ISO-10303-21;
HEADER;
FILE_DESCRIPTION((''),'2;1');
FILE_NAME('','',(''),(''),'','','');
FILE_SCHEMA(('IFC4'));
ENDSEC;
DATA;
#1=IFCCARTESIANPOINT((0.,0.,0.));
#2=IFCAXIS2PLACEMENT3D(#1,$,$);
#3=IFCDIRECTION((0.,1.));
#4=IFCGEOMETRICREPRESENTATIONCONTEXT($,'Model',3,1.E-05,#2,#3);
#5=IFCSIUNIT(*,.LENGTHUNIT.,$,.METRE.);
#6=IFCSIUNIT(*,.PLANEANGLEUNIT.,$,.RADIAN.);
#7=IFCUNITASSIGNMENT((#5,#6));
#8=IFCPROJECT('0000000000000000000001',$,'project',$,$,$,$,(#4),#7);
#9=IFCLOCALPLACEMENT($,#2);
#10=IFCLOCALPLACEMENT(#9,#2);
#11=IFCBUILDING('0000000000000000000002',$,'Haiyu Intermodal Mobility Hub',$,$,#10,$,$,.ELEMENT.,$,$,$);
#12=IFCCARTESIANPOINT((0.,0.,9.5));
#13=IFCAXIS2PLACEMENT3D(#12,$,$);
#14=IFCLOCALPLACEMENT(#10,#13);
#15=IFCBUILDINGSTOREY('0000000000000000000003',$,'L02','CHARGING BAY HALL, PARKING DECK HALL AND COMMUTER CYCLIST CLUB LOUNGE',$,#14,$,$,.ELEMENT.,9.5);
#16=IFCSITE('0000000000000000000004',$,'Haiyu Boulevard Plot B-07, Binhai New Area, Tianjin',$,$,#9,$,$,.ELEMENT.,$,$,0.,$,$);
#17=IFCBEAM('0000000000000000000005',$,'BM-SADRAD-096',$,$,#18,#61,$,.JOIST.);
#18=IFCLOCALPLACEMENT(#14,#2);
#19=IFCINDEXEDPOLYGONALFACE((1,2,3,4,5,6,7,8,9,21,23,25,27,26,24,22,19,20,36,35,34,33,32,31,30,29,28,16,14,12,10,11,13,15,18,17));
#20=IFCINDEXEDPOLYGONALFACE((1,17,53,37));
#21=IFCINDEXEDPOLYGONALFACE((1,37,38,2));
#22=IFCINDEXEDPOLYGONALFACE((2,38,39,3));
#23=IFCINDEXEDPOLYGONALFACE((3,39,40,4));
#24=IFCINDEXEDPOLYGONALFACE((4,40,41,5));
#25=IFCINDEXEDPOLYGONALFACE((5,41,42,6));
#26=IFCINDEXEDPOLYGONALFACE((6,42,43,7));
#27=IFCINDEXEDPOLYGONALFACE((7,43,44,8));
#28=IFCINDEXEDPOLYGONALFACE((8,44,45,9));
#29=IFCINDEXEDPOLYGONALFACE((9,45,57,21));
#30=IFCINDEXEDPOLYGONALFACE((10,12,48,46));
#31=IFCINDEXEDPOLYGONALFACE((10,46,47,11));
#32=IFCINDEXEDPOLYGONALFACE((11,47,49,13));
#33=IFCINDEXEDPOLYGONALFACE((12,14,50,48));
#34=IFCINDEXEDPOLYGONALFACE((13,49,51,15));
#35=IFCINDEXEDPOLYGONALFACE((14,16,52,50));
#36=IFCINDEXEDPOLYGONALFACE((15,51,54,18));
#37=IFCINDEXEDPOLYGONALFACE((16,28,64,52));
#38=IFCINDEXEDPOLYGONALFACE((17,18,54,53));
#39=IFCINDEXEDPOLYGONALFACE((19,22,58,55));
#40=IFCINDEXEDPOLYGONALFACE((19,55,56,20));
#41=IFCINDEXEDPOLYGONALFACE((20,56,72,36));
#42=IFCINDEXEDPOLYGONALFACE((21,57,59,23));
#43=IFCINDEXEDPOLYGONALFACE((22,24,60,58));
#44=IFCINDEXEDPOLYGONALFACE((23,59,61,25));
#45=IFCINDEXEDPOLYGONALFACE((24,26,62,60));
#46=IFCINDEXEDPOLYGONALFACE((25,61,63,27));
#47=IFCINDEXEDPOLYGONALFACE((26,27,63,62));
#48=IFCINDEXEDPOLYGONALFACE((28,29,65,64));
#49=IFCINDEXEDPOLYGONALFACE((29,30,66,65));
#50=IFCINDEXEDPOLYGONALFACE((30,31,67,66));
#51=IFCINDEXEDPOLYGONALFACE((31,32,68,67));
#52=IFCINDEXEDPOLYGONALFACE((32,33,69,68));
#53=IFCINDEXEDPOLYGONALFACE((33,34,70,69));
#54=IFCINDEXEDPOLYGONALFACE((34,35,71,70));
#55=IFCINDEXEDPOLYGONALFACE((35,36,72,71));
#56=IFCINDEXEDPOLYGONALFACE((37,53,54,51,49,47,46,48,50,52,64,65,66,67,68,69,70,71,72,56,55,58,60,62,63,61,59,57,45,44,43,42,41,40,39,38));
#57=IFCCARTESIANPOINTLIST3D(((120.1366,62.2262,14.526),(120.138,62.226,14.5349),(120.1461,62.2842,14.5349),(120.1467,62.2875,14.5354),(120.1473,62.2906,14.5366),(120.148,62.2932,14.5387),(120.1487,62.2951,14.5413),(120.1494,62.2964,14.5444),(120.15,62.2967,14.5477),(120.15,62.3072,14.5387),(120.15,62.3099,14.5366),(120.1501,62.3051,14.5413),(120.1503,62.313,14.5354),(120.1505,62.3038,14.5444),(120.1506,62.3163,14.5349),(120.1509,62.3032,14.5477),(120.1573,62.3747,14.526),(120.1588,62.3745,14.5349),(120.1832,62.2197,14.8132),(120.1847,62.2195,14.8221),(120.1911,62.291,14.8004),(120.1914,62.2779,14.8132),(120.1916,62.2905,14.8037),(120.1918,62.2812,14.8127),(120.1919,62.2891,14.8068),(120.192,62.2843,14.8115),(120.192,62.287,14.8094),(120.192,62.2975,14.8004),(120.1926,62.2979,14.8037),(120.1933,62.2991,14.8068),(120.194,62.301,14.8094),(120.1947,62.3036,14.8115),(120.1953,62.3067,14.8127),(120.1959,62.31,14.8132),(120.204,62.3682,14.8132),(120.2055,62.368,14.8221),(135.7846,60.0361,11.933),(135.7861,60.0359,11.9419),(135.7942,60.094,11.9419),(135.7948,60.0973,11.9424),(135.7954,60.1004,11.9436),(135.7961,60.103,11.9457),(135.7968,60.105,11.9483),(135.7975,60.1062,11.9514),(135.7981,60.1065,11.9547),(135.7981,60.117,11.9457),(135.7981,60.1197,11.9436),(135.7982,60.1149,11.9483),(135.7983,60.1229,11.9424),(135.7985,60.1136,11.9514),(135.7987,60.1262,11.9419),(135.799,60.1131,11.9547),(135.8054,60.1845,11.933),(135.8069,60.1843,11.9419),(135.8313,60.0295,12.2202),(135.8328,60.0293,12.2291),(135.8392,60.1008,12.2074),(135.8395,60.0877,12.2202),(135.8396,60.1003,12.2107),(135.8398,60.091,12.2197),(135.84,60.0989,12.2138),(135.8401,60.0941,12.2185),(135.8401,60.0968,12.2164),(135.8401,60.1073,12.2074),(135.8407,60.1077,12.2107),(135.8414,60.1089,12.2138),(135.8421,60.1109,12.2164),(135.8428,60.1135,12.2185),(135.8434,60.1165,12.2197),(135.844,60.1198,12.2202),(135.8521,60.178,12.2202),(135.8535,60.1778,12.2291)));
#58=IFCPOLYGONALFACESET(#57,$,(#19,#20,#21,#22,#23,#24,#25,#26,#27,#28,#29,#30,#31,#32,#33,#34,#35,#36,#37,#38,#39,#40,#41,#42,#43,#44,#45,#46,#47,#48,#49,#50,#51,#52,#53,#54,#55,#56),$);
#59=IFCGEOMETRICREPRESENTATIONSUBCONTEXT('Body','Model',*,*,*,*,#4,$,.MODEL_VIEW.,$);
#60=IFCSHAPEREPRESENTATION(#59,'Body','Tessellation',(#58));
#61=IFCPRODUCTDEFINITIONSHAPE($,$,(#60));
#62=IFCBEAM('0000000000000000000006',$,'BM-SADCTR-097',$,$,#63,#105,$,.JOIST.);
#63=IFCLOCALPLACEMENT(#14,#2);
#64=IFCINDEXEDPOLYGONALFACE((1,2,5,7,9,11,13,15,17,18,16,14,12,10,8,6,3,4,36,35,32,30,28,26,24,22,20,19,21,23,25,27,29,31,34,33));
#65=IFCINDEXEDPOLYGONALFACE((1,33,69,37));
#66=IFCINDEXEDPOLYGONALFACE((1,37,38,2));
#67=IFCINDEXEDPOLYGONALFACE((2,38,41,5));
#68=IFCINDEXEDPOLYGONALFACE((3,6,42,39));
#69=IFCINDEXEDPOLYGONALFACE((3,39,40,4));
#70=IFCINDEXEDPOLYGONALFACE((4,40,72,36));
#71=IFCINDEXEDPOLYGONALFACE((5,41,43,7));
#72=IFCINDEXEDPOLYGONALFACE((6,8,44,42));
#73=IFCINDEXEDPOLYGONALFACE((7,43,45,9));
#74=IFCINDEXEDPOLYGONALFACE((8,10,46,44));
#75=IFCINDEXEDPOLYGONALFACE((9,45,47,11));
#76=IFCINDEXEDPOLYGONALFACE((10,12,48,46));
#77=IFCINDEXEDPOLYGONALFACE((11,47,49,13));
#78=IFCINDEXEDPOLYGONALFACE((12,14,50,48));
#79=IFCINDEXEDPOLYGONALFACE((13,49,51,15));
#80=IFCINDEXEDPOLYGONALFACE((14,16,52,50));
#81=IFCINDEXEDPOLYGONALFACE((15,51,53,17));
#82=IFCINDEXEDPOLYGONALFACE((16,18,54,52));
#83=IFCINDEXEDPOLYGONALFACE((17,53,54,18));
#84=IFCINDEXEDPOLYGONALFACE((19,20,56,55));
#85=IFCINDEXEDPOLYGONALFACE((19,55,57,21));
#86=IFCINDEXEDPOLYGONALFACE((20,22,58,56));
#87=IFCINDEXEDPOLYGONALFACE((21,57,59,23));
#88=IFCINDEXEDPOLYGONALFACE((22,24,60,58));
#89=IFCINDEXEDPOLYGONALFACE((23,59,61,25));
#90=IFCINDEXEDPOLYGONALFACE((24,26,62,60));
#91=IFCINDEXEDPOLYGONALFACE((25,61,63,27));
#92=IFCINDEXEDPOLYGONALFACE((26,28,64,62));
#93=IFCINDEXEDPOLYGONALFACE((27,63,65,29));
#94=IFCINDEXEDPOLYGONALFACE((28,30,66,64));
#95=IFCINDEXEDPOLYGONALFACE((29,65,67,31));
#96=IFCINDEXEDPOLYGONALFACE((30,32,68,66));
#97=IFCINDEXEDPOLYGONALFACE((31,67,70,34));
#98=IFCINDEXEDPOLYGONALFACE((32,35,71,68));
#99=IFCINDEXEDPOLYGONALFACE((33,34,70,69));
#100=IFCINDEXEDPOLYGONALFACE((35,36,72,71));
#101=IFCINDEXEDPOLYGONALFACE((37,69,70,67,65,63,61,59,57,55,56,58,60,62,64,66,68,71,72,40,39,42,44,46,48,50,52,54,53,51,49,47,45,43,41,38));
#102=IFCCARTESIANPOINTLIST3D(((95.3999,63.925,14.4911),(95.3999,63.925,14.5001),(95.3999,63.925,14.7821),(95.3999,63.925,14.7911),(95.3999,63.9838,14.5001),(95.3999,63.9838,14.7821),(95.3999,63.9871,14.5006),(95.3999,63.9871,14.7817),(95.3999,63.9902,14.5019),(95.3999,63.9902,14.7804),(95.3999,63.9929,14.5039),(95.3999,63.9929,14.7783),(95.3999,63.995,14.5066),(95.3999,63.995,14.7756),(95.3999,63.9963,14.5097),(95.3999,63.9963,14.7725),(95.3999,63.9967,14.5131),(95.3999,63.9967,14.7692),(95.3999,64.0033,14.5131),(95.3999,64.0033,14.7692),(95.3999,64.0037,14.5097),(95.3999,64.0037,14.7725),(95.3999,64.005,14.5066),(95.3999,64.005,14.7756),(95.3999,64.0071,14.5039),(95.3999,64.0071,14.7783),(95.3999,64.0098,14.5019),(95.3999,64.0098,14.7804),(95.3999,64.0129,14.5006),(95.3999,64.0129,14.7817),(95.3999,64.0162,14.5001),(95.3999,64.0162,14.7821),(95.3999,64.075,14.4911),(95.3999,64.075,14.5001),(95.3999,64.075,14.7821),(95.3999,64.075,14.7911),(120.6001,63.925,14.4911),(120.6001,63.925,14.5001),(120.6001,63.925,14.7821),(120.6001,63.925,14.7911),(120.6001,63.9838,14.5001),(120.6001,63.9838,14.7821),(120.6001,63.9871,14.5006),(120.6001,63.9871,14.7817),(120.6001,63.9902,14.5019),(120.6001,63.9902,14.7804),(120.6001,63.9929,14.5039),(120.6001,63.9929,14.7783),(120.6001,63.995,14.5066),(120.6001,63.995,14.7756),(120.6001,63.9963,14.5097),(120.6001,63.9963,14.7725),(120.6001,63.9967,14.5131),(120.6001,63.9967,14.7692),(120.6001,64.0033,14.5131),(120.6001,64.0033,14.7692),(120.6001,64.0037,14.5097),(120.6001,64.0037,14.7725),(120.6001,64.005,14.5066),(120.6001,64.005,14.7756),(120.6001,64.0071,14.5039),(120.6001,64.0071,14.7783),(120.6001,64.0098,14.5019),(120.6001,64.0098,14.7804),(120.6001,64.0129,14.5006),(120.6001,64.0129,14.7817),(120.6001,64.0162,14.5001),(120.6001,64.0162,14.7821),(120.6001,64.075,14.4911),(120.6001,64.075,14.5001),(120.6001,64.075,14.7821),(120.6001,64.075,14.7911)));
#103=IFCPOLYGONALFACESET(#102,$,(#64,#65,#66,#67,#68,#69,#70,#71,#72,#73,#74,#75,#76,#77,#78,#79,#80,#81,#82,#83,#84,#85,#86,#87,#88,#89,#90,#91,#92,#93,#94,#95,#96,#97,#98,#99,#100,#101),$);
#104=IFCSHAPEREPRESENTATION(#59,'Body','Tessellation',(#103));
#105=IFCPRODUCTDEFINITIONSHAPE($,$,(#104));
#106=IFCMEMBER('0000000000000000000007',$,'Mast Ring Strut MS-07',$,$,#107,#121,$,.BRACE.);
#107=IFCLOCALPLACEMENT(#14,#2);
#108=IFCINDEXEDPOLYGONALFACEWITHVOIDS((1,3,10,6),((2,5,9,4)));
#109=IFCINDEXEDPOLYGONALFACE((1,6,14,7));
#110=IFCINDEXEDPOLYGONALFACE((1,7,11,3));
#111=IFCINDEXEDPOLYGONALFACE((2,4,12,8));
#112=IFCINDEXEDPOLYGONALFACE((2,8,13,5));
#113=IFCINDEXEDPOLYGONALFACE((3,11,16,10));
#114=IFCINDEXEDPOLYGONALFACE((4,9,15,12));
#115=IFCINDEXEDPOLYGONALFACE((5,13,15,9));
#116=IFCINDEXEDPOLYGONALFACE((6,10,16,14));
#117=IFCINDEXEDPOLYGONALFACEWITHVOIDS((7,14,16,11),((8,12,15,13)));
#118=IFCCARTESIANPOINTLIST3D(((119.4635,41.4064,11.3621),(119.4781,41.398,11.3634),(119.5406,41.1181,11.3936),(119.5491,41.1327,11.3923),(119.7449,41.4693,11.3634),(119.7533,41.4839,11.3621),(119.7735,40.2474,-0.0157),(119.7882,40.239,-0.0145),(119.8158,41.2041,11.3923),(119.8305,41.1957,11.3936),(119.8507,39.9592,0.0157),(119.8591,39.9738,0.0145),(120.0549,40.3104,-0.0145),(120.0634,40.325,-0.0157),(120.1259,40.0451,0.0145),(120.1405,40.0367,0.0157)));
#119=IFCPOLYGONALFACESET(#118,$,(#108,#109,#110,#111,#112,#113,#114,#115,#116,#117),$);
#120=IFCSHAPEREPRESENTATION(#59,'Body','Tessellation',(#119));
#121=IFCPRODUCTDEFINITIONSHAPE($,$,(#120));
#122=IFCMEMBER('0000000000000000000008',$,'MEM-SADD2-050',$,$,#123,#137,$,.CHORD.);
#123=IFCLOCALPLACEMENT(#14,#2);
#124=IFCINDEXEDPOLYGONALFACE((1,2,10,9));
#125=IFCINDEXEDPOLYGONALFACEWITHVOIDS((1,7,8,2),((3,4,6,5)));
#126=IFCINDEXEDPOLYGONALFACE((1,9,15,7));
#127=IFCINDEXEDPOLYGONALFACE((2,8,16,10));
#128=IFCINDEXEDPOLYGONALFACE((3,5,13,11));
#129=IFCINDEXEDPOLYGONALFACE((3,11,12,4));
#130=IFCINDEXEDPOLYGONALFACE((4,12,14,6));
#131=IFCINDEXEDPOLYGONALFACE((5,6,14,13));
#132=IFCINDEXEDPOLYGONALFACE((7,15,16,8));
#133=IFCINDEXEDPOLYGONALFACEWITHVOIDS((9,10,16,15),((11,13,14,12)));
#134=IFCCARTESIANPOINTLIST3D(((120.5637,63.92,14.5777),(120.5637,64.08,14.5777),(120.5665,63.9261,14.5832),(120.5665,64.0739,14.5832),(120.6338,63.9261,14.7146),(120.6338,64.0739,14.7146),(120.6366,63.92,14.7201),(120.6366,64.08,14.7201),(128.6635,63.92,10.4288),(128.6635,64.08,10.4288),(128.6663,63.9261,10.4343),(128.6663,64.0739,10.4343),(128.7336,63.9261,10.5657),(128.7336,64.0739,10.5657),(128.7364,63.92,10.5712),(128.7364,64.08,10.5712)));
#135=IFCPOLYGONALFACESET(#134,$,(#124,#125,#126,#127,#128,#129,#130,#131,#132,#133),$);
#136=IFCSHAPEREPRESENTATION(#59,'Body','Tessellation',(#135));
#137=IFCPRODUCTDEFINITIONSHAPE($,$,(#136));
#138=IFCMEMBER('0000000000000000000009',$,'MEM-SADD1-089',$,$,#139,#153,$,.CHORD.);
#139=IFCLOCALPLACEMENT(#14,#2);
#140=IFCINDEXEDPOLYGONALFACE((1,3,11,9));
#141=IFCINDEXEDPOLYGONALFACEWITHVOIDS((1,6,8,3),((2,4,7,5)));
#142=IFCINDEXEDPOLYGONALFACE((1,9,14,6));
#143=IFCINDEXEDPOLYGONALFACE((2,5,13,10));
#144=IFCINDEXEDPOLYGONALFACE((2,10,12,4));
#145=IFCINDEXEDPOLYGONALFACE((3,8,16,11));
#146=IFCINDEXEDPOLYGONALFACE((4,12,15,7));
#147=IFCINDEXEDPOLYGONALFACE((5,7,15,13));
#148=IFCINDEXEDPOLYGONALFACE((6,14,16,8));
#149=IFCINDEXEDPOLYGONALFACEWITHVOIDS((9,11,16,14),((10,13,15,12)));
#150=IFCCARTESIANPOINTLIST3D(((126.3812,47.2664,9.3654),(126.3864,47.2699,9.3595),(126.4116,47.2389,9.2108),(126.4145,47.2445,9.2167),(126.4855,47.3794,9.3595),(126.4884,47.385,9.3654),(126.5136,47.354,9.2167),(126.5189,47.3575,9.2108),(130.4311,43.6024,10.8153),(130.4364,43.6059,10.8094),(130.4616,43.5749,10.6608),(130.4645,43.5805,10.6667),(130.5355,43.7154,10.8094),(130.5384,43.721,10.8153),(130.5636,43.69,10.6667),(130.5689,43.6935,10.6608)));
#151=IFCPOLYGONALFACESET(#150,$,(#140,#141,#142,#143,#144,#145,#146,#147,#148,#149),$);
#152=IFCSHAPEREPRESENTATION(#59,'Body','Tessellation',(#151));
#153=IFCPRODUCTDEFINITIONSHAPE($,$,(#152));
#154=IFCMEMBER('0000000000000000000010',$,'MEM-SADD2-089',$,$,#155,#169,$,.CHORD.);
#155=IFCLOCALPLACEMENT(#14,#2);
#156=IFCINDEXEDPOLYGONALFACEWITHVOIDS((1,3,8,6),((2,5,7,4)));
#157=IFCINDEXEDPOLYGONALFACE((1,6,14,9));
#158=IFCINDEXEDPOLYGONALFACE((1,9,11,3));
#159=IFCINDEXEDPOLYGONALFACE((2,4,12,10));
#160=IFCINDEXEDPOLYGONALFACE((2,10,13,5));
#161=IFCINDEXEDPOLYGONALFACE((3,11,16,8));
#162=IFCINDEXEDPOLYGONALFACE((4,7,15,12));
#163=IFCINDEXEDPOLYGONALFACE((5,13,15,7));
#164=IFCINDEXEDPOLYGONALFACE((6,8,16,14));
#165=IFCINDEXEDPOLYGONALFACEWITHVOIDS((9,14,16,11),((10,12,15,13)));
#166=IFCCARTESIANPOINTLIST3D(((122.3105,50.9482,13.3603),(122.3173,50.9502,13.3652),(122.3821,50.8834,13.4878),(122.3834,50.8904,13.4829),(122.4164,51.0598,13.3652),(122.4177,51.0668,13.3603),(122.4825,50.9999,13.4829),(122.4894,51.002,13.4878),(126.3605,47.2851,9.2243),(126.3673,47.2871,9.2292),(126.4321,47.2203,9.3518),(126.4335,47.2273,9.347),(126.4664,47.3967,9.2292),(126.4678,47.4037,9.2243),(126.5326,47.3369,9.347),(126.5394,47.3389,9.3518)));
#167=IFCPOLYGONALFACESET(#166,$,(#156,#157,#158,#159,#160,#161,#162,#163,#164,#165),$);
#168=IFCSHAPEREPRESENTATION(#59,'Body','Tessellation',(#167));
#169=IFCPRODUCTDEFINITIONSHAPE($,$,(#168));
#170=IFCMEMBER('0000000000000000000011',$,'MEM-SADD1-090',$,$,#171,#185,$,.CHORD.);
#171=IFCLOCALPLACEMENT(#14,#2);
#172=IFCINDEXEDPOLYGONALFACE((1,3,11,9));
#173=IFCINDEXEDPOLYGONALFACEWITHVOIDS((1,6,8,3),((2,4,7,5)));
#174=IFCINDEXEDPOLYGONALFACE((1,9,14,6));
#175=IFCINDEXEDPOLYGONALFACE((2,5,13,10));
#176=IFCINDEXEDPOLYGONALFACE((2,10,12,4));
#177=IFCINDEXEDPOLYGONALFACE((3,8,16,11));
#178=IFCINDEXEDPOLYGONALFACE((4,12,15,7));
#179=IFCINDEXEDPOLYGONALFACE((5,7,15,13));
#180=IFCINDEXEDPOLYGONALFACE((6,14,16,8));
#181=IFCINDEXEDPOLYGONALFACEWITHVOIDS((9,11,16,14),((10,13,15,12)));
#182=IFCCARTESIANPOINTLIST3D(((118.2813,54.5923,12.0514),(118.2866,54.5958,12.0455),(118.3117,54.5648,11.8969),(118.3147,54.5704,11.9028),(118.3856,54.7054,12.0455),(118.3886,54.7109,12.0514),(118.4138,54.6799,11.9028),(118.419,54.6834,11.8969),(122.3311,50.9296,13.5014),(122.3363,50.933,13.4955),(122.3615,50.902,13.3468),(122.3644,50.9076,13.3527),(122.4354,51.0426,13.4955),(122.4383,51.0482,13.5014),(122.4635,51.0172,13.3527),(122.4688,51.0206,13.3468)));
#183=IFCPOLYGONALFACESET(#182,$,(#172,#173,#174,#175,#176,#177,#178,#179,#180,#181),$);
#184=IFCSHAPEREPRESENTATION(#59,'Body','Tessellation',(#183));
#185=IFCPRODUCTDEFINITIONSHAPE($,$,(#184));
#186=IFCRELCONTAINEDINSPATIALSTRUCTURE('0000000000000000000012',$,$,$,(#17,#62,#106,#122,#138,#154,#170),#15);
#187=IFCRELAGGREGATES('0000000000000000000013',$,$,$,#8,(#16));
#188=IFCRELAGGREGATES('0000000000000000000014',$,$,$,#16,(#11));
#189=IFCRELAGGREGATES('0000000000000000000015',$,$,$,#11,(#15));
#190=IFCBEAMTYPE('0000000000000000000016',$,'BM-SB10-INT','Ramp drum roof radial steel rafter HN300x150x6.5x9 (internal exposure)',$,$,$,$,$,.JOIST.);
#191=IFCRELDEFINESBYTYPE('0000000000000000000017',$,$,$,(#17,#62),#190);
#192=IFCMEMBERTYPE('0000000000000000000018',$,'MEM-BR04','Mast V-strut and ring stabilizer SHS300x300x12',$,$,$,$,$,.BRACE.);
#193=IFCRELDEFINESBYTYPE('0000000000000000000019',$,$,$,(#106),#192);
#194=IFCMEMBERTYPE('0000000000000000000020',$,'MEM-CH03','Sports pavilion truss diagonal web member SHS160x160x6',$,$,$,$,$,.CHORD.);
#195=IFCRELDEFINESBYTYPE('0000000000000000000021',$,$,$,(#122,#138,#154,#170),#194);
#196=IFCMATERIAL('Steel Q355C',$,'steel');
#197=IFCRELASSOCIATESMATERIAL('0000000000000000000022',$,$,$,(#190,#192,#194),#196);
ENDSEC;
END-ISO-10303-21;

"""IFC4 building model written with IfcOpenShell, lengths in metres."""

from ifc_helpers import new_model, si_unit, direction, frame, origin, origin_2d, place, context, subcontext, project, spatial, hollow_rectangle, i_section, extrude, material, material_profile, profile_set, type_object, element, save


model = new_model("IFC4")

# Units and contexts
model_context = context("Model", 3, precision=1e-05, world=origin(), true_north=direction((0.0, 1.0)))
body_context = subcontext(model_context, "Body", "Model", "MODEL_VIEW")
ifc_project = project(units=[si_unit("LENGTHUNIT", "METRE"), si_unit("PLANEANGLEUNIT", "RADIAN")], contexts=[model_context])

# Site, building, storey
site_placement = place(None, origin())
site = spatial("IfcSite", under=ifc_project, at=site_placement, Name="Haiyu Boulevard Plot B-07, Binhai New Area, Tianjin", CompositionType="ELEMENT", RefElevation=0.0)
building_placement = place(site_placement, origin())
building = spatial("IfcBuilding", under=site, at=building_placement, Name="Haiyu Intermodal Mobility Hub", CompositionType="ELEMENT")
storey_placement = place(building_placement, frame((0.0, 0.0, 9.5)))
storey = spatial("IfcBuildingStorey", under=building, at=storey_placement, Name="L02", Description="CHARGING BAY HALL, PARKING DECK HALL AND COMMUTER CYCLIST CLUB LOUNGE", CompositionType="ELEMENT", Elevation=9.5)

# Beams
ifc_material_1 = material(Name="Steel Q355C", Category="steel")
ifc_material_profile_1 = material_profile(ifc_material_1, i_section(OverallWidth=0.1499, OverallDepth=0.3, WebThickness=0.0066, FlangeThickness=0.009, FilletRadius=0.0129, at=origin_2d()), Name="HN300x150x6.5x9")
ifc_profile_set_1 = profile_set([ifc_material_profile_1], Name="Steel Q355C")
beam_type_1 = type_object("IfcBeamType", Name="BM-SB10-INT", Description="Ramp drum roof radial steel rafter HN300x150x6.5x9 (internal exposure)", PredefinedType="JOIST", material=ifc_profile_set_1)
beam_1_placement = place(storey_placement, frame((135.8191, 60.1069, 12.0811), z_axis=(-0.977274, 0.136783, 0.161941), x_axis=(-0.138613, -0.990347, 0.0)))
element("IfcBeam", 1, at=beam_1_placement, inside=storey, type_object=beam_type_1, Name="BM-SADRAD-096", PredefinedType="JOIST", context=body_context, shape_type="SweptSolid", body=[
    extrude(i_section(OverallWidth=0.1499, OverallDepth=0.3, WebThickness=0.0066, FlangeThickness=0.009, FilletRadius=0.0129, at=origin_2d()), origin(), (0.0, 0.0, 1.0), 16.012),
])
beam_2_placement = place(storey_placement, frame((120.6001, 64.0, 14.6411), z_axis=(-1.0, 0.0, 0.0), x_axis=(0.0, -1.0, 0.0)))
element("IfcBeam", 2, at=beam_2_placement, inside=storey, type_object=beam_type_1, Name="BM-SADCTR-097", PredefinedType="JOIST", context=body_context, shape_type="SweptSolid", body=[
    extrude(i_section(OverallWidth=0.1499, OverallDepth=0.3, WebThickness=0.0066, FlangeThickness=0.009, FilletRadius=0.0129, at=origin_2d()), origin(), (0.0, 0.0, 1.0), 25.2002),
])

# Members
ifc_material_profile_2 = material_profile(ifc_material_1, hollow_rectangle(XDim=0.3, YDim=0.3, WallThickness=0.012, at=origin_2d()), Name="SHS300x300x12")
ifc_profile_set_2 = profile_set([ifc_material_profile_2], Name="Steel Q355C")
member_type_1 = type_object("IfcMemberType", Name="MEM-BR04", Description="Mast V-strut and ring stabilizer SHS300x300x12", PredefinedType="BRACE", material=ifc_profile_set_2)
member_1_placement = place(storey_placement, frame((119.957, 40.1421, 0.0), z_axis=(-0.027101, 0.101297, 0.994487), x_axis=(-0.966025, -0.258448, 0.0)))
element("IfcMember", 3, at=member_1_placement, inside=storey, type_object=member_type_1, Name="Mast Ring Strut MS-07", PredefinedType="BRACE", context=body_context, shape_type="SweptSolid", body=[
    extrude(hollow_rectangle(XDim=0.3, YDim=0.3, WallThickness=0.012, at=origin_2d()), origin(), (0.0, 0.0, 1.0), 11.4409),
])
ifc_material_profile_3 = material_profile(ifc_material_1, hollow_rectangle(XDim=0.1599, YDim=0.1599, WallThickness=0.0061, at=origin_2d()), Name="SHS160x160x6")
ifc_profile_set_3 = profile_set([ifc_material_profile_3], Name="Steel Q355C")
member_type_2 = type_object("IfcMemberType", Name="MEM-CH03", Description="Sports pavilion truss diagonal web member SHS160x160x6", PredefinedType="CHORD", material=ifc_profile_set_3)
member_2_placement = place(storey_placement, frame((128.7, 64.0, 10.5), z_axis=(-0.890034, 0.0, 0.455895), x_axis=(0.0, -1.0, 0.0)))
element("IfcMember", 4, at=member_2_placement, inside=storey, type_object=member_type_2, Name="MEM-SADD2-050", PredefinedType="CHORD", context=body_context, shape_type="SweptSolid", body=[
    extrude(hollow_rectangle(XDim=0.1599, YDim=0.1599, WallThickness=0.0061, at=origin_2d()), origin(), (0.0, 0.0, 1.0), 9.1006),
])
member_3_placement = place(storey_placement, frame((130.5, 43.6479, 10.738), z_axis=(-0.716732, 0.648424, -0.256596), x_axis=(-0.670886, -0.74156, 0.0)))
element("IfcMember", 5, at=member_3_placement, inside=storey, type_object=member_type_2, Name="MEM-SADD1-089", PredefinedType="CHORD", context=body_context, shape_type="SweptSolid", body=[
    extrude(hollow_rectangle(XDim=0.1599, YDim=0.1599, WallThickness=0.0061, at=origin_2d()), origin(), (0.0, 0.0, 1.0), 5.6506),
])
member_4_placement = place(storey_placement, frame((126.45, 47.312, 9.2881), z_axis=(-0.591217, 0.534729, 0.603762), x_axis=(-0.670788, -0.741649, 0.0)))
element("IfcMember", 6, at=member_4_placement, inside=storey, type_object=member_type_2, Name="MEM-SADD2-089", PredefinedType="CHORD", context=body_context, shape_type="SweptSolid", body=[
    extrude(hollow_rectangle(XDim=0.1599, YDim=0.1599, WallThickness=0.0061, at=origin_2d()), origin(), (0.0, 0.0, 1.0), 6.8503),
])
member_5_placement = place(storey_placement, frame((122.3999, 50.9751, 13.4241), z_axis=(-0.716811, 0.648319, -0.25664), x_axis=(-0.670786, -0.741651, 0.0)))
element("IfcMember", 7, at=member_5_placement, inside=storey, type_object=member_type_2, Name="MEM-SADD1-090", PredefinedType="CHORD", context=body_context, shape_type="SweptSolid", body=[
    extrude(hollow_rectangle(XDim=0.1599, YDim=0.1599, WallThickness=0.0061, at=origin_2d()), origin(), (0.0, 0.0, 1.0), 5.6497),
])

save(model, "model.ifc")
